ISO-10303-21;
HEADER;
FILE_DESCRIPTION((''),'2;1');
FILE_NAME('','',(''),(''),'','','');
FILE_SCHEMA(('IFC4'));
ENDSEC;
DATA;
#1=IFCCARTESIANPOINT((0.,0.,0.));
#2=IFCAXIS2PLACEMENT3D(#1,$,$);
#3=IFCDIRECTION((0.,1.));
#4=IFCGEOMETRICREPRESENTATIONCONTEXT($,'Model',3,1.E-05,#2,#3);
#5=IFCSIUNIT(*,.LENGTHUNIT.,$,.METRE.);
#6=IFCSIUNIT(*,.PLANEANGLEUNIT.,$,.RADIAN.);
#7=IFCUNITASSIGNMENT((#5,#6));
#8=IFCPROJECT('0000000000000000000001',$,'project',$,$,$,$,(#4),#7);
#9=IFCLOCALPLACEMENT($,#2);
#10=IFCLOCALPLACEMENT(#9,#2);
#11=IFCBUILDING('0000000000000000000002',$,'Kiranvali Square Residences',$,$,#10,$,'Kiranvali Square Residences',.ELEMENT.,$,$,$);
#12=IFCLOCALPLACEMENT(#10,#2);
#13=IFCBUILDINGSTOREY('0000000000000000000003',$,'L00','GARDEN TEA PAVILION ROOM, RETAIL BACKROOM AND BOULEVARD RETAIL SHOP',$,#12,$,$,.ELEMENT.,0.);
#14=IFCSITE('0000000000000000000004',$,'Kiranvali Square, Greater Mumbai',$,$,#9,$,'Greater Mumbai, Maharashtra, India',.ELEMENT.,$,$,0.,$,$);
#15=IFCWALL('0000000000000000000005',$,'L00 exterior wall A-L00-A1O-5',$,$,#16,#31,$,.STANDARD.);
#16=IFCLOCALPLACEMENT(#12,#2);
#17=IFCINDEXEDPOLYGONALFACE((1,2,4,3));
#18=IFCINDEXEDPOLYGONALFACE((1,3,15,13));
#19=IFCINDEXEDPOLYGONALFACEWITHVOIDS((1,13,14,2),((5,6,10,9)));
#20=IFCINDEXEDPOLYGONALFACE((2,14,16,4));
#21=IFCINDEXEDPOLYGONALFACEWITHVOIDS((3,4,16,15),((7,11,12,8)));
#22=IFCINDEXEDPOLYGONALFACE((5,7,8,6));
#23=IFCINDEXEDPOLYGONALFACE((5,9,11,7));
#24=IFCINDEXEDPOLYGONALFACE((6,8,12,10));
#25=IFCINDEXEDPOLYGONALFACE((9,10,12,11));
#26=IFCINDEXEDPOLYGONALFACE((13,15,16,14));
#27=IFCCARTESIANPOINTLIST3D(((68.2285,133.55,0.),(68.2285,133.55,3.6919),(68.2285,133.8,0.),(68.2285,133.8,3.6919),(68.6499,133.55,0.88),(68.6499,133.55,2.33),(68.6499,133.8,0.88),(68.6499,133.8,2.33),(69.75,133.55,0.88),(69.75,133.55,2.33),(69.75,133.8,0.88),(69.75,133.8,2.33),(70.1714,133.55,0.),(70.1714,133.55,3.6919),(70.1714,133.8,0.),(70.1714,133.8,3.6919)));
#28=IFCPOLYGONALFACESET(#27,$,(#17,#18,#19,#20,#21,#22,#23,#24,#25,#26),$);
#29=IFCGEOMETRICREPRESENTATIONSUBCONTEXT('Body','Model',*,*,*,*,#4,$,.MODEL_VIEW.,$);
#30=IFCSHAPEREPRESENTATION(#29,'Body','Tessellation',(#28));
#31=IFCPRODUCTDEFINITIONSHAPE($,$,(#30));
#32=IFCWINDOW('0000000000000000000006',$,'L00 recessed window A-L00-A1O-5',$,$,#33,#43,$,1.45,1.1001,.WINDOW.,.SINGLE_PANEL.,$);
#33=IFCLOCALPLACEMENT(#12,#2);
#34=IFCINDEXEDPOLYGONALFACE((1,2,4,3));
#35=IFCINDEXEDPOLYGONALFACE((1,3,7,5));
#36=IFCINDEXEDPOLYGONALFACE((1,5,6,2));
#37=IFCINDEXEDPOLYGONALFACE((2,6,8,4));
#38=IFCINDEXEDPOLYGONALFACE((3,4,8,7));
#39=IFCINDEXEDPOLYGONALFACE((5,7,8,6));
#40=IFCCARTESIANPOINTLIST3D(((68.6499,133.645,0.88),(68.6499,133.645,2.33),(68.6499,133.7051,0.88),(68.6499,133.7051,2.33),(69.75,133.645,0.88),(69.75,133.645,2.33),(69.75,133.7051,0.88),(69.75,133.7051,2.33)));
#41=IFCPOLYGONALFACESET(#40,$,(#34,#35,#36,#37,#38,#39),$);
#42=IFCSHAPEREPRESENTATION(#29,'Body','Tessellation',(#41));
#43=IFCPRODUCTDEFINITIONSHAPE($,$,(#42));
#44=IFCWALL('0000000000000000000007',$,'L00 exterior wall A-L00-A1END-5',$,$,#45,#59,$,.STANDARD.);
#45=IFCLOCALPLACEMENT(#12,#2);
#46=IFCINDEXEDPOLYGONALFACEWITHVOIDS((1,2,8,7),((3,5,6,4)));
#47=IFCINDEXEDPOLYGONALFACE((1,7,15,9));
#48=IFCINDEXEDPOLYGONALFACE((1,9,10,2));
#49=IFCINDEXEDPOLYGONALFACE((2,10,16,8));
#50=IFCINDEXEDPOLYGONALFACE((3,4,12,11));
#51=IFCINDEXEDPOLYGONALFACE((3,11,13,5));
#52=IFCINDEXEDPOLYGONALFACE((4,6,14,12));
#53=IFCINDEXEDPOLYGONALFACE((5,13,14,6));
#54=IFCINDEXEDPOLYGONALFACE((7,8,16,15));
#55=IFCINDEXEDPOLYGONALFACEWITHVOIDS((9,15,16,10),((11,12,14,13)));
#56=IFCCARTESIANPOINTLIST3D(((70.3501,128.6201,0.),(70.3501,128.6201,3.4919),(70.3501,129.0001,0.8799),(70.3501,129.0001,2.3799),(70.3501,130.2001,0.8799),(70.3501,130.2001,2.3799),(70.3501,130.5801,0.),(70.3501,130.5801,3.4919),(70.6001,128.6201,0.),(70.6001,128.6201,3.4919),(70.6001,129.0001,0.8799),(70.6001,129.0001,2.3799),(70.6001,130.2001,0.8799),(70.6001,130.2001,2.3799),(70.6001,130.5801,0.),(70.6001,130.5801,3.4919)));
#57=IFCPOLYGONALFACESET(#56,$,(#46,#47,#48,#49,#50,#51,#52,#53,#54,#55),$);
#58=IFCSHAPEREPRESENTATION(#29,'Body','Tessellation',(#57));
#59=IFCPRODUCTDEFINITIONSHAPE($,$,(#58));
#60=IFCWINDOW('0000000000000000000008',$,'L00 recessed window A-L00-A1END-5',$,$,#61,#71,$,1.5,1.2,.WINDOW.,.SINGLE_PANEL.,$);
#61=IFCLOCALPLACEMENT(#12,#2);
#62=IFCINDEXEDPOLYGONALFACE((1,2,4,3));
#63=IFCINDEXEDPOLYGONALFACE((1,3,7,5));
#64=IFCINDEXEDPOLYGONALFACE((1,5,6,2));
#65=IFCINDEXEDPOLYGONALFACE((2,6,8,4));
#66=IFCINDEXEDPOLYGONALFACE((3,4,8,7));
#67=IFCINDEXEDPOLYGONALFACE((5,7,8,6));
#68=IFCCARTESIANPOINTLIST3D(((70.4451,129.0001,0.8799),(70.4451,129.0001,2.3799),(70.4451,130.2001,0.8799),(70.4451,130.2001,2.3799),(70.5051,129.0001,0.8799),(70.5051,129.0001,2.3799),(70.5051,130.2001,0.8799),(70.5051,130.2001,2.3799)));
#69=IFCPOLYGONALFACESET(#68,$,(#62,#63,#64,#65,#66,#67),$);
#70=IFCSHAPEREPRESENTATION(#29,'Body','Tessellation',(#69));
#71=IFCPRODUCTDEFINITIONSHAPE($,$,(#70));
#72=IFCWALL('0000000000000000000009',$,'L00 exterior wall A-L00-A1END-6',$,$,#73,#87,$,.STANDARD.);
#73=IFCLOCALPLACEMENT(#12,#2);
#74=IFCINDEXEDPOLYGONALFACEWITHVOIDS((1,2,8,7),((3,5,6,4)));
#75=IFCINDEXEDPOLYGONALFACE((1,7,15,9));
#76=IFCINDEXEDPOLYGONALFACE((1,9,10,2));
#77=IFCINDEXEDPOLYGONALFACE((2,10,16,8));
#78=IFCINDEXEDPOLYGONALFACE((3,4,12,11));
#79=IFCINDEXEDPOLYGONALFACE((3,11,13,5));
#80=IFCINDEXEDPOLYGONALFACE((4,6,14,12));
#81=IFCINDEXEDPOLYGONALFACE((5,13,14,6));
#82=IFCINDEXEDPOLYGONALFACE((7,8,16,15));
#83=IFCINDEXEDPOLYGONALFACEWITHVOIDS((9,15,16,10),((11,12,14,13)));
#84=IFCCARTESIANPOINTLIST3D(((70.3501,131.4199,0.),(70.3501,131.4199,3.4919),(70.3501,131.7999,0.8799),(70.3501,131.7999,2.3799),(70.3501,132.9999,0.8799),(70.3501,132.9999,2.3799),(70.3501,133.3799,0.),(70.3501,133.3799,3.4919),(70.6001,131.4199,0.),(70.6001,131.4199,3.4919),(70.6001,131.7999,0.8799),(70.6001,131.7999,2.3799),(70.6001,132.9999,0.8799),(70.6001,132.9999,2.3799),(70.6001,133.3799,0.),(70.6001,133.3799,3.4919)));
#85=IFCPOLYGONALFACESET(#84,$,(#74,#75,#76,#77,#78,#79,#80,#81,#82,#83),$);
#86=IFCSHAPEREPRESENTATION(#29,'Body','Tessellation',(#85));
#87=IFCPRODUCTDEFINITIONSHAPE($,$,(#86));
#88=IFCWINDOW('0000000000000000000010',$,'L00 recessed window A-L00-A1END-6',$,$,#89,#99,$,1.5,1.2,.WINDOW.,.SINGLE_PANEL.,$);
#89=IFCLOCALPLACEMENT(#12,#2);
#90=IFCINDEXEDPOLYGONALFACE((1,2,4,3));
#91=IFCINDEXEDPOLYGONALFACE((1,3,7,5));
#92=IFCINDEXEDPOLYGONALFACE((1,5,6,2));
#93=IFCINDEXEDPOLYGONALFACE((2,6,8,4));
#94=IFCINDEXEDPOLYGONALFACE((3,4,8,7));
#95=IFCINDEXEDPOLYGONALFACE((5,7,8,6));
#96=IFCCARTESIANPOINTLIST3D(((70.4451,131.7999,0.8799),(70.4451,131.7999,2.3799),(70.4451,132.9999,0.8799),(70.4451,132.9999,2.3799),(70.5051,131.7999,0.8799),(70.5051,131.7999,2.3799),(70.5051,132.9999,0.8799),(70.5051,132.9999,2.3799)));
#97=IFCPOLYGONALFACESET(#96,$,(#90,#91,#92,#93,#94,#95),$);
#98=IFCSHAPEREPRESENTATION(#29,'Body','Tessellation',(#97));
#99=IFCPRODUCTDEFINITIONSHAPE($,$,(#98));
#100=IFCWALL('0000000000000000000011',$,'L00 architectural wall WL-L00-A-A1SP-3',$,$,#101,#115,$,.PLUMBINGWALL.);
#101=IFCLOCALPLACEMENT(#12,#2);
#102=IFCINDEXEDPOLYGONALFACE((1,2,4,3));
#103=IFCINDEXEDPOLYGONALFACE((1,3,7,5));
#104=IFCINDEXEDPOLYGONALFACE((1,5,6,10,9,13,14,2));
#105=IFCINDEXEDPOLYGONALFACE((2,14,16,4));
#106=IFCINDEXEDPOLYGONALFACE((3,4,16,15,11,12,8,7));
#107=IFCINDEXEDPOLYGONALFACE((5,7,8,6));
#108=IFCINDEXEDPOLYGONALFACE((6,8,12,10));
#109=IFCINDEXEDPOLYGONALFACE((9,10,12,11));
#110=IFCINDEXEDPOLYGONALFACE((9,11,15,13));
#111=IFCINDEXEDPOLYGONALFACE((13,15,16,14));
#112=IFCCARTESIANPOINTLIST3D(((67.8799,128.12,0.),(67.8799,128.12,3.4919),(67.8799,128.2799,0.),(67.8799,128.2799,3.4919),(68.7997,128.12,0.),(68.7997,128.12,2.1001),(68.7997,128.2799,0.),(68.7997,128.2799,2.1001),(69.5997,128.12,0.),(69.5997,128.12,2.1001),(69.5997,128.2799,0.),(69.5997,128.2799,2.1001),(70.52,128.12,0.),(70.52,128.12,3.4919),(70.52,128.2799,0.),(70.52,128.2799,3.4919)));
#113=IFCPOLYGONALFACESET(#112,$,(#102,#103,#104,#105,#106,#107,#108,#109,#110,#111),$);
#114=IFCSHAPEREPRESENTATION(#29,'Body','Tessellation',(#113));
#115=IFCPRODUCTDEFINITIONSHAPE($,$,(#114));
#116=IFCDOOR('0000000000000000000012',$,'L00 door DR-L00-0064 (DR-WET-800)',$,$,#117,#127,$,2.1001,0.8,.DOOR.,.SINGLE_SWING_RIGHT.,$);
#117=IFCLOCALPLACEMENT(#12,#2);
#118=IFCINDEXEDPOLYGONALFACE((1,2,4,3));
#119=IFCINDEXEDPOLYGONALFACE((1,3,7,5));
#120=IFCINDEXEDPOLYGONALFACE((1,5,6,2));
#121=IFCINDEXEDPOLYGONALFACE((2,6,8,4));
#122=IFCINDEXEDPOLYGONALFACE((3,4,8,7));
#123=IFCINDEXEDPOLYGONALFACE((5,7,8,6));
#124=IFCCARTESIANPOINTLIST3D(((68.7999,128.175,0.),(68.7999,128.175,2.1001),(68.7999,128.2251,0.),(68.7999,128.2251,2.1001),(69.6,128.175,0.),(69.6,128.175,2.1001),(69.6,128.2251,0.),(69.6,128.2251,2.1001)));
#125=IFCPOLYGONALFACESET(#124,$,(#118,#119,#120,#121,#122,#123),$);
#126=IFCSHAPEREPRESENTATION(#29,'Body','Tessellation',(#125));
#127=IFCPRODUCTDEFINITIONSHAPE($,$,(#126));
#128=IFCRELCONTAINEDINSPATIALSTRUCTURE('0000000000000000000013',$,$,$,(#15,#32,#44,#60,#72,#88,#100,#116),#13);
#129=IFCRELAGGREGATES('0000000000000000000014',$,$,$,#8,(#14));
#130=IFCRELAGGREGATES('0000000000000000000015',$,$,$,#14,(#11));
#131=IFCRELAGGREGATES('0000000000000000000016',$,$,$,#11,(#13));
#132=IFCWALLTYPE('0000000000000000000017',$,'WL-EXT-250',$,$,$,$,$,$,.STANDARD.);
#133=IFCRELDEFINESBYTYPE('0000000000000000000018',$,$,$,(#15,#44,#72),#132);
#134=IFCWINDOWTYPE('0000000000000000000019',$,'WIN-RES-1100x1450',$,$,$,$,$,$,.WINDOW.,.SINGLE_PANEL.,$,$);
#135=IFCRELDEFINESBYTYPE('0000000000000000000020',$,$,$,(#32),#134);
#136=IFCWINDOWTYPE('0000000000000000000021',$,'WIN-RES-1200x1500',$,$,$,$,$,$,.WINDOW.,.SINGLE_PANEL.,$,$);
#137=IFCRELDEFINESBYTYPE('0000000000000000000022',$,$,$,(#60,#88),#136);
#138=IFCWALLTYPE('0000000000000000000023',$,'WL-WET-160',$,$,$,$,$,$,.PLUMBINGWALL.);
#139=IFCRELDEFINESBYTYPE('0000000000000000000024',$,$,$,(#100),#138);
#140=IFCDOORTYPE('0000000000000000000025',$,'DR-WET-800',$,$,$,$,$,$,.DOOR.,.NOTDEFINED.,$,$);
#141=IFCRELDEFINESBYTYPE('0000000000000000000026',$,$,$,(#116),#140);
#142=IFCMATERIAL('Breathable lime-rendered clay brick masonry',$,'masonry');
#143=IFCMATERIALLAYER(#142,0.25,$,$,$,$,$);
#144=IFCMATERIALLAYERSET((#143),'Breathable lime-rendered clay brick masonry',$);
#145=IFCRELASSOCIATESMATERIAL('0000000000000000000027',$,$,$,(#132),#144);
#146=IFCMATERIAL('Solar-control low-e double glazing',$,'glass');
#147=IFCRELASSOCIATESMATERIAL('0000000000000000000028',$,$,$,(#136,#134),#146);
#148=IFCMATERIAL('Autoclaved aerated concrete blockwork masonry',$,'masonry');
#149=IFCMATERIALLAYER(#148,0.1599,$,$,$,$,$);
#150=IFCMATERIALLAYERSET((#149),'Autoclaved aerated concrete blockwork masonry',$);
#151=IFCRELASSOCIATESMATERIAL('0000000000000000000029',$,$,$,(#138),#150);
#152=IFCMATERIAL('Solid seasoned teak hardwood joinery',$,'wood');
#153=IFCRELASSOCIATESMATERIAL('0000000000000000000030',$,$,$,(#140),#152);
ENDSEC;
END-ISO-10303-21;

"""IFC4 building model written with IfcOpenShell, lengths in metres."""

from ifc_helpers import new_model, si_unit, direction, frame, frame_2d, origin, place, context, subcontext, project, spatial, rectangle, extrude, material, layer, layer_set, type_object, element, fill, save


model = new_model("IFC4")

# Units and contexts
model_context = context("Model", 3, precision=1e-05, world=origin(), true_north=direction((0.0, 1.0)))
body_context = subcontext(model_context, "Body", "Model", "MODEL_VIEW")
ifc_project = project(units=[si_unit("LENGTHUNIT", "METRE"), si_unit("PLANEANGLEUNIT", "RADIAN")], contexts=[model_context])

# Site, building, storey
site_placement = place(None, origin())
site = spatial("IfcSite", under=ifc_project, at=site_placement, Name="Kiranvali Square, Greater Mumbai", LongName="Greater Mumbai, Maharashtra, India", CompositionType="ELEMENT", RefElevation=0.0)
building_placement = place(site_placement, origin())
building = spatial("IfcBuilding", under=site, at=building_placement, Name="Kiranvali Square Residences", LongName="Kiranvali Square Residences", CompositionType="ELEMENT")
storey_placement = place(building_placement, origin())
storey = spatial("IfcBuildingStorey", under=building, at=storey_placement, Name="L00", Description="GARDEN TEA PAVILION ROOM, RETAIL BACKROOM AND BOULEVARD RETAIL SHOP", CompositionType="ELEMENT", Elevation=0.0)

# Walls, openings, windows
ifc_material_1 = material(Name="Breathable lime-rendered clay brick masonry", Category="masonry")
ifc_layer_1 = layer(ifc_material_1, 0.25)
ifc_layer_set_1 = layer_set([ifc_layer_1], Name="Breathable lime-rendered clay brick masonry")
wall_type_1 = type_object("IfcWallType", Name="WL-EXT-250", PredefinedType="STANDARD", material=ifc_layer_set_1)
ifc_material_2 = material(Name="Solar-control low-e double glazing", Category="glass")
window_type_1 = type_object("IfcWindowType", Name="WIN-RES-1200x1500", PartitioningType="SINGLE_PANEL", PredefinedType="WINDOW", material=ifc_material_2)
wall_1_placement = place(storey_placement, frame((68.2285, 133.675, 0.0), z_axis=(0.0, 0.0, 1.0), x_axis=(1.0, 0.0, 0.0)))
wall_1 = element("IfcWall", 1, at=wall_1_placement, inside=storey, type_object=wall_type_1, Name="L00 exterior wall A-L00-A1O-5", PredefinedType="STANDARD", context=body_context, shape_type="SweptSolid", body=[
    extrude(rectangle(XDim=1.9429, YDim=0.25, at=frame_2d((0.9714, 0.0))), origin(), (0.0, 0.0, 1.0), 3.6919),
])
opening_1_placement = place(wall_1_placement, frame((0.4214, 0.0, 0.8799)))
opening_1 = element("IfcOpeningElement", 2, at=opening_1_placement, cuts=wall_1, PredefinedType="OPENING", context=body_context, shape_type="SweptSolid", body=[
    extrude(rectangle(XDim=1.1001, YDim=1.45, at=frame_2d((0.55, 0.7251))), frame((0.0, 0.135, 0.0), z_axis=(0.0, -1.0, 0.0), x_axis=(1.0, 0.0, 0.0)), (0.0, 0.0, 1.0), 0.27),
])
window_type_2 = type_object("IfcWindowType", Name="WIN-RES-1100x1450", PartitioningType="SINGLE_PANEL", PredefinedType="WINDOW", material=ifc_material_2)
window_1_placement = place(opening_1_placement, origin())
window_1 = element("IfcWindow", 3, at=window_1_placement, inside=storey, type_object=window_type_2, Name="L00 recessed window A-L00-A1O-5", OverallHeight=1.45, OverallWidth=1.1001, PartitioningType="SINGLE_PANEL", PredefinedType="WINDOW", context=body_context, shape_type="SweptSolid", body=[
    extrude(rectangle(XDim=1.1001, YDim=1.45, at=frame_2d((0.55, 0.7251))), frame((0.0, 0.03, 0.0), z_axis=(0.0, -1.0, 0.0), x_axis=(1.0, 0.0, 0.0)), (0.0, 0.0, 1.0), 0.0601),
])
fill(opening_1, window_1)
wall_2_placement = place(storey_placement, frame((70.4751, 128.6201, 0.0), z_axis=(0.0, 0.0, 1.0), x_axis=(0.0, 1.0, 0.0)))
wall_2 = element("IfcWall", 4, at=wall_2_placement, inside=storey, type_object=wall_type_1, Name="L00 exterior wall A-L00-A1END-5", PredefinedType="STANDARD", context=body_context, shape_type="SweptSolid", body=[
    extrude(rectangle(XDim=1.96, YDim=0.25, at=frame_2d((0.98, 0.0))), origin(), (0.0, 0.0, 1.0), 3.4919),
])
opening_2_placement = place(wall_2_placement, frame((0.3799, 0.0, 0.8799)))
opening_2 = element("IfcOpeningElement", 5, at=opening_2_placement, cuts=wall_2, PredefinedType="OPENING", context=body_context, shape_type="SweptSolid", body=[
    extrude(rectangle(XDim=1.2, YDim=1.5, at=frame_2d((0.6001, 0.75))), frame((0.0, 0.135, 0.0), z_axis=(0.0, -1.0, 0.0), x_axis=(1.0, 0.0, 0.0)), (0.0, 0.0, 1.0), 0.27),
])
window_2_placement = place(opening_2_placement, origin())
window_2 = element("IfcWindow", 6, at=window_2_placement, inside=storey, type_object=window_type_1, Name="L00 recessed window A-L00-A1END-5", OverallHeight=1.5, OverallWidth=1.2, PartitioningType="SINGLE_PANEL", PredefinedType="WINDOW", context=body_context, shape_type="SweptSolid", body=[
    extrude(rectangle(XDim=1.2, YDim=1.5, at=frame_2d((0.6001, 0.75))), frame((0.0, 0.03, 0.0), z_axis=(0.0, -1.0, 0.0), x_axis=(1.0, 0.0, 0.0)), (0.0, 0.0, 1.0), 0.0601),
])
fill(opening_2, window_2)
wall_3_placement = place(storey_placement, frame((70.4751, 131.4199, 0.0), z_axis=(0.0, 0.0, 1.0), x_axis=(0.0, 1.0, 0.0)))
wall_3 = element("IfcWall", 7, at=wall_3_placement, inside=storey, type_object=wall_type_1, Name="L00 exterior wall A-L00-A1END-6", PredefinedType="STANDARD", context=body_context, shape_type="SweptSolid", body=[
    extrude(rectangle(XDim=1.96, YDim=0.25, at=frame_2d((0.98, 0.0))), origin(), (0.0, 0.0, 1.0), 3.4919),
])
opening_3_placement = place(wall_3_placement, frame((0.3799, 0.0, 0.8799)))
opening_3 = element("IfcOpeningElement", 8, at=opening_3_placement, cuts=wall_3, PredefinedType="OPENING", context=body_context, shape_type="SweptSolid", body=[
    extrude(rectangle(XDim=1.2, YDim=1.5, at=frame_2d((0.6001, 0.75))), frame((0.0, 0.135, 0.0), z_axis=(0.0, -1.0, 0.0), x_axis=(1.0, 0.0, 0.0)), (0.0, 0.0, 1.0), 0.27),
])
window_3_placement = place(opening_3_placement, origin())
window_3 = element("IfcWindow", 9, at=window_3_placement, inside=storey, type_object=window_type_1, Name="L00 recessed window A-L00-A1END-6", OverallHeight=1.5, OverallWidth=1.2, PartitioningType="SINGLE_PANEL", PredefinedType="WINDOW", context=body_context, shape_type="SweptSolid", body=[
    extrude(rectangle(XDim=1.2, YDim=1.5, at=frame_2d((0.6001, 0.75))), frame((0.0, 0.03, 0.0), z_axis=(0.0, -1.0, 0.0), x_axis=(1.0, 0.0, 0.0)), (0.0, 0.0, 1.0), 0.0601),
])
fill(opening_3, window_3)

# Wall, opening, door
ifc_material_3 = material(Name="Autoclaved aerated concrete blockwork masonry", Category="masonry")
ifc_layer_2 = layer(ifc_material_3, 0.1599)
ifc_layer_set_2 = layer_set([ifc_layer_2], Name="Autoclaved aerated concrete blockwork masonry")
wall_type_2 = type_object("IfcWallType", Name="WL-WET-160", PredefinedType="PLUMBINGWALL", material=ifc_layer_set_2)
wall_4_placement = place(storey_placement, frame((67.8799, 128.2, 0.0), z_axis=(0.0, 0.0, 1.0), x_axis=(1.0, 0.0, 0.0)))
wall_4 = element("IfcWall", 10, at=wall_4_placement, inside=storey, type_object=wall_type_2, Name="L00 architectural wall WL-L00-A-A1SP-3", PredefinedType="PLUMBINGWALL", context=body_context, shape_type="SweptSolid", body=[
    extrude(rectangle(XDim=2.6401, YDim=0.1599, at=frame_2d((1.3201, 0.0))), origin(), (0.0, 0.0, 1.0), 3.4919),
])
opening_4_placement = place(wall_4_placement, frame((0.9199, 0.0, 0.0)))
opening_4 = element("IfcOpeningElement", 11, at=opening_4_placement, cuts=wall_4, PredefinedType="OPENING", context=body_context, shape_type="SweptSolid", body=[
    extrude(rectangle(XDim=0.8, YDim=2.1001, at=frame_2d((0.3999, 1.05))), frame((0.0, 0.0898, 0.0), z_axis=(0.0, -1.0, 0.0), x_axis=(1.0, 0.0, 0.0)), (0.0, 0.0, 1.0), 0.1799),
])
ifc_material_4 = material(Name="Solid seasoned teak hardwood joinery", Category="wood")
door_type = type_object("IfcDoorType", Name="DR-WET-800", OperationType="NOTDEFINED", PredefinedType="DOOR", material=ifc_material_4)
door_placement = place(opening_4_placement, frame((0.8, 0.0, 0.0), z_axis=(0.0, 0.0, 1.0), x_axis=(-1.0, 0.0, 0.0)))
door = element("IfcDoor", 12, at=door_placement, inside=storey, type_object=door_type, Name="L00 door DR-L00-0064 (DR-WET-800)", OperationType="SINGLE_SWING_RIGHT", OverallHeight=2.1001, OverallWidth=0.8, PredefinedType="DOOR", context=body_context, shape_type="SweptSolid", body=[
    extrude(rectangle(XDim=0.8, YDim=2.1001, at=frame_2d((0.3999, 1.05))), frame((0.0, 0.0249, 0.0), z_axis=(0.0, -1.0, 0.0), x_axis=(1.0, 0.0, 0.0)), (0.0, 0.0, 1.0), 0.05),
])
fill(opening_4, door)

save(model, "model.ifc")
